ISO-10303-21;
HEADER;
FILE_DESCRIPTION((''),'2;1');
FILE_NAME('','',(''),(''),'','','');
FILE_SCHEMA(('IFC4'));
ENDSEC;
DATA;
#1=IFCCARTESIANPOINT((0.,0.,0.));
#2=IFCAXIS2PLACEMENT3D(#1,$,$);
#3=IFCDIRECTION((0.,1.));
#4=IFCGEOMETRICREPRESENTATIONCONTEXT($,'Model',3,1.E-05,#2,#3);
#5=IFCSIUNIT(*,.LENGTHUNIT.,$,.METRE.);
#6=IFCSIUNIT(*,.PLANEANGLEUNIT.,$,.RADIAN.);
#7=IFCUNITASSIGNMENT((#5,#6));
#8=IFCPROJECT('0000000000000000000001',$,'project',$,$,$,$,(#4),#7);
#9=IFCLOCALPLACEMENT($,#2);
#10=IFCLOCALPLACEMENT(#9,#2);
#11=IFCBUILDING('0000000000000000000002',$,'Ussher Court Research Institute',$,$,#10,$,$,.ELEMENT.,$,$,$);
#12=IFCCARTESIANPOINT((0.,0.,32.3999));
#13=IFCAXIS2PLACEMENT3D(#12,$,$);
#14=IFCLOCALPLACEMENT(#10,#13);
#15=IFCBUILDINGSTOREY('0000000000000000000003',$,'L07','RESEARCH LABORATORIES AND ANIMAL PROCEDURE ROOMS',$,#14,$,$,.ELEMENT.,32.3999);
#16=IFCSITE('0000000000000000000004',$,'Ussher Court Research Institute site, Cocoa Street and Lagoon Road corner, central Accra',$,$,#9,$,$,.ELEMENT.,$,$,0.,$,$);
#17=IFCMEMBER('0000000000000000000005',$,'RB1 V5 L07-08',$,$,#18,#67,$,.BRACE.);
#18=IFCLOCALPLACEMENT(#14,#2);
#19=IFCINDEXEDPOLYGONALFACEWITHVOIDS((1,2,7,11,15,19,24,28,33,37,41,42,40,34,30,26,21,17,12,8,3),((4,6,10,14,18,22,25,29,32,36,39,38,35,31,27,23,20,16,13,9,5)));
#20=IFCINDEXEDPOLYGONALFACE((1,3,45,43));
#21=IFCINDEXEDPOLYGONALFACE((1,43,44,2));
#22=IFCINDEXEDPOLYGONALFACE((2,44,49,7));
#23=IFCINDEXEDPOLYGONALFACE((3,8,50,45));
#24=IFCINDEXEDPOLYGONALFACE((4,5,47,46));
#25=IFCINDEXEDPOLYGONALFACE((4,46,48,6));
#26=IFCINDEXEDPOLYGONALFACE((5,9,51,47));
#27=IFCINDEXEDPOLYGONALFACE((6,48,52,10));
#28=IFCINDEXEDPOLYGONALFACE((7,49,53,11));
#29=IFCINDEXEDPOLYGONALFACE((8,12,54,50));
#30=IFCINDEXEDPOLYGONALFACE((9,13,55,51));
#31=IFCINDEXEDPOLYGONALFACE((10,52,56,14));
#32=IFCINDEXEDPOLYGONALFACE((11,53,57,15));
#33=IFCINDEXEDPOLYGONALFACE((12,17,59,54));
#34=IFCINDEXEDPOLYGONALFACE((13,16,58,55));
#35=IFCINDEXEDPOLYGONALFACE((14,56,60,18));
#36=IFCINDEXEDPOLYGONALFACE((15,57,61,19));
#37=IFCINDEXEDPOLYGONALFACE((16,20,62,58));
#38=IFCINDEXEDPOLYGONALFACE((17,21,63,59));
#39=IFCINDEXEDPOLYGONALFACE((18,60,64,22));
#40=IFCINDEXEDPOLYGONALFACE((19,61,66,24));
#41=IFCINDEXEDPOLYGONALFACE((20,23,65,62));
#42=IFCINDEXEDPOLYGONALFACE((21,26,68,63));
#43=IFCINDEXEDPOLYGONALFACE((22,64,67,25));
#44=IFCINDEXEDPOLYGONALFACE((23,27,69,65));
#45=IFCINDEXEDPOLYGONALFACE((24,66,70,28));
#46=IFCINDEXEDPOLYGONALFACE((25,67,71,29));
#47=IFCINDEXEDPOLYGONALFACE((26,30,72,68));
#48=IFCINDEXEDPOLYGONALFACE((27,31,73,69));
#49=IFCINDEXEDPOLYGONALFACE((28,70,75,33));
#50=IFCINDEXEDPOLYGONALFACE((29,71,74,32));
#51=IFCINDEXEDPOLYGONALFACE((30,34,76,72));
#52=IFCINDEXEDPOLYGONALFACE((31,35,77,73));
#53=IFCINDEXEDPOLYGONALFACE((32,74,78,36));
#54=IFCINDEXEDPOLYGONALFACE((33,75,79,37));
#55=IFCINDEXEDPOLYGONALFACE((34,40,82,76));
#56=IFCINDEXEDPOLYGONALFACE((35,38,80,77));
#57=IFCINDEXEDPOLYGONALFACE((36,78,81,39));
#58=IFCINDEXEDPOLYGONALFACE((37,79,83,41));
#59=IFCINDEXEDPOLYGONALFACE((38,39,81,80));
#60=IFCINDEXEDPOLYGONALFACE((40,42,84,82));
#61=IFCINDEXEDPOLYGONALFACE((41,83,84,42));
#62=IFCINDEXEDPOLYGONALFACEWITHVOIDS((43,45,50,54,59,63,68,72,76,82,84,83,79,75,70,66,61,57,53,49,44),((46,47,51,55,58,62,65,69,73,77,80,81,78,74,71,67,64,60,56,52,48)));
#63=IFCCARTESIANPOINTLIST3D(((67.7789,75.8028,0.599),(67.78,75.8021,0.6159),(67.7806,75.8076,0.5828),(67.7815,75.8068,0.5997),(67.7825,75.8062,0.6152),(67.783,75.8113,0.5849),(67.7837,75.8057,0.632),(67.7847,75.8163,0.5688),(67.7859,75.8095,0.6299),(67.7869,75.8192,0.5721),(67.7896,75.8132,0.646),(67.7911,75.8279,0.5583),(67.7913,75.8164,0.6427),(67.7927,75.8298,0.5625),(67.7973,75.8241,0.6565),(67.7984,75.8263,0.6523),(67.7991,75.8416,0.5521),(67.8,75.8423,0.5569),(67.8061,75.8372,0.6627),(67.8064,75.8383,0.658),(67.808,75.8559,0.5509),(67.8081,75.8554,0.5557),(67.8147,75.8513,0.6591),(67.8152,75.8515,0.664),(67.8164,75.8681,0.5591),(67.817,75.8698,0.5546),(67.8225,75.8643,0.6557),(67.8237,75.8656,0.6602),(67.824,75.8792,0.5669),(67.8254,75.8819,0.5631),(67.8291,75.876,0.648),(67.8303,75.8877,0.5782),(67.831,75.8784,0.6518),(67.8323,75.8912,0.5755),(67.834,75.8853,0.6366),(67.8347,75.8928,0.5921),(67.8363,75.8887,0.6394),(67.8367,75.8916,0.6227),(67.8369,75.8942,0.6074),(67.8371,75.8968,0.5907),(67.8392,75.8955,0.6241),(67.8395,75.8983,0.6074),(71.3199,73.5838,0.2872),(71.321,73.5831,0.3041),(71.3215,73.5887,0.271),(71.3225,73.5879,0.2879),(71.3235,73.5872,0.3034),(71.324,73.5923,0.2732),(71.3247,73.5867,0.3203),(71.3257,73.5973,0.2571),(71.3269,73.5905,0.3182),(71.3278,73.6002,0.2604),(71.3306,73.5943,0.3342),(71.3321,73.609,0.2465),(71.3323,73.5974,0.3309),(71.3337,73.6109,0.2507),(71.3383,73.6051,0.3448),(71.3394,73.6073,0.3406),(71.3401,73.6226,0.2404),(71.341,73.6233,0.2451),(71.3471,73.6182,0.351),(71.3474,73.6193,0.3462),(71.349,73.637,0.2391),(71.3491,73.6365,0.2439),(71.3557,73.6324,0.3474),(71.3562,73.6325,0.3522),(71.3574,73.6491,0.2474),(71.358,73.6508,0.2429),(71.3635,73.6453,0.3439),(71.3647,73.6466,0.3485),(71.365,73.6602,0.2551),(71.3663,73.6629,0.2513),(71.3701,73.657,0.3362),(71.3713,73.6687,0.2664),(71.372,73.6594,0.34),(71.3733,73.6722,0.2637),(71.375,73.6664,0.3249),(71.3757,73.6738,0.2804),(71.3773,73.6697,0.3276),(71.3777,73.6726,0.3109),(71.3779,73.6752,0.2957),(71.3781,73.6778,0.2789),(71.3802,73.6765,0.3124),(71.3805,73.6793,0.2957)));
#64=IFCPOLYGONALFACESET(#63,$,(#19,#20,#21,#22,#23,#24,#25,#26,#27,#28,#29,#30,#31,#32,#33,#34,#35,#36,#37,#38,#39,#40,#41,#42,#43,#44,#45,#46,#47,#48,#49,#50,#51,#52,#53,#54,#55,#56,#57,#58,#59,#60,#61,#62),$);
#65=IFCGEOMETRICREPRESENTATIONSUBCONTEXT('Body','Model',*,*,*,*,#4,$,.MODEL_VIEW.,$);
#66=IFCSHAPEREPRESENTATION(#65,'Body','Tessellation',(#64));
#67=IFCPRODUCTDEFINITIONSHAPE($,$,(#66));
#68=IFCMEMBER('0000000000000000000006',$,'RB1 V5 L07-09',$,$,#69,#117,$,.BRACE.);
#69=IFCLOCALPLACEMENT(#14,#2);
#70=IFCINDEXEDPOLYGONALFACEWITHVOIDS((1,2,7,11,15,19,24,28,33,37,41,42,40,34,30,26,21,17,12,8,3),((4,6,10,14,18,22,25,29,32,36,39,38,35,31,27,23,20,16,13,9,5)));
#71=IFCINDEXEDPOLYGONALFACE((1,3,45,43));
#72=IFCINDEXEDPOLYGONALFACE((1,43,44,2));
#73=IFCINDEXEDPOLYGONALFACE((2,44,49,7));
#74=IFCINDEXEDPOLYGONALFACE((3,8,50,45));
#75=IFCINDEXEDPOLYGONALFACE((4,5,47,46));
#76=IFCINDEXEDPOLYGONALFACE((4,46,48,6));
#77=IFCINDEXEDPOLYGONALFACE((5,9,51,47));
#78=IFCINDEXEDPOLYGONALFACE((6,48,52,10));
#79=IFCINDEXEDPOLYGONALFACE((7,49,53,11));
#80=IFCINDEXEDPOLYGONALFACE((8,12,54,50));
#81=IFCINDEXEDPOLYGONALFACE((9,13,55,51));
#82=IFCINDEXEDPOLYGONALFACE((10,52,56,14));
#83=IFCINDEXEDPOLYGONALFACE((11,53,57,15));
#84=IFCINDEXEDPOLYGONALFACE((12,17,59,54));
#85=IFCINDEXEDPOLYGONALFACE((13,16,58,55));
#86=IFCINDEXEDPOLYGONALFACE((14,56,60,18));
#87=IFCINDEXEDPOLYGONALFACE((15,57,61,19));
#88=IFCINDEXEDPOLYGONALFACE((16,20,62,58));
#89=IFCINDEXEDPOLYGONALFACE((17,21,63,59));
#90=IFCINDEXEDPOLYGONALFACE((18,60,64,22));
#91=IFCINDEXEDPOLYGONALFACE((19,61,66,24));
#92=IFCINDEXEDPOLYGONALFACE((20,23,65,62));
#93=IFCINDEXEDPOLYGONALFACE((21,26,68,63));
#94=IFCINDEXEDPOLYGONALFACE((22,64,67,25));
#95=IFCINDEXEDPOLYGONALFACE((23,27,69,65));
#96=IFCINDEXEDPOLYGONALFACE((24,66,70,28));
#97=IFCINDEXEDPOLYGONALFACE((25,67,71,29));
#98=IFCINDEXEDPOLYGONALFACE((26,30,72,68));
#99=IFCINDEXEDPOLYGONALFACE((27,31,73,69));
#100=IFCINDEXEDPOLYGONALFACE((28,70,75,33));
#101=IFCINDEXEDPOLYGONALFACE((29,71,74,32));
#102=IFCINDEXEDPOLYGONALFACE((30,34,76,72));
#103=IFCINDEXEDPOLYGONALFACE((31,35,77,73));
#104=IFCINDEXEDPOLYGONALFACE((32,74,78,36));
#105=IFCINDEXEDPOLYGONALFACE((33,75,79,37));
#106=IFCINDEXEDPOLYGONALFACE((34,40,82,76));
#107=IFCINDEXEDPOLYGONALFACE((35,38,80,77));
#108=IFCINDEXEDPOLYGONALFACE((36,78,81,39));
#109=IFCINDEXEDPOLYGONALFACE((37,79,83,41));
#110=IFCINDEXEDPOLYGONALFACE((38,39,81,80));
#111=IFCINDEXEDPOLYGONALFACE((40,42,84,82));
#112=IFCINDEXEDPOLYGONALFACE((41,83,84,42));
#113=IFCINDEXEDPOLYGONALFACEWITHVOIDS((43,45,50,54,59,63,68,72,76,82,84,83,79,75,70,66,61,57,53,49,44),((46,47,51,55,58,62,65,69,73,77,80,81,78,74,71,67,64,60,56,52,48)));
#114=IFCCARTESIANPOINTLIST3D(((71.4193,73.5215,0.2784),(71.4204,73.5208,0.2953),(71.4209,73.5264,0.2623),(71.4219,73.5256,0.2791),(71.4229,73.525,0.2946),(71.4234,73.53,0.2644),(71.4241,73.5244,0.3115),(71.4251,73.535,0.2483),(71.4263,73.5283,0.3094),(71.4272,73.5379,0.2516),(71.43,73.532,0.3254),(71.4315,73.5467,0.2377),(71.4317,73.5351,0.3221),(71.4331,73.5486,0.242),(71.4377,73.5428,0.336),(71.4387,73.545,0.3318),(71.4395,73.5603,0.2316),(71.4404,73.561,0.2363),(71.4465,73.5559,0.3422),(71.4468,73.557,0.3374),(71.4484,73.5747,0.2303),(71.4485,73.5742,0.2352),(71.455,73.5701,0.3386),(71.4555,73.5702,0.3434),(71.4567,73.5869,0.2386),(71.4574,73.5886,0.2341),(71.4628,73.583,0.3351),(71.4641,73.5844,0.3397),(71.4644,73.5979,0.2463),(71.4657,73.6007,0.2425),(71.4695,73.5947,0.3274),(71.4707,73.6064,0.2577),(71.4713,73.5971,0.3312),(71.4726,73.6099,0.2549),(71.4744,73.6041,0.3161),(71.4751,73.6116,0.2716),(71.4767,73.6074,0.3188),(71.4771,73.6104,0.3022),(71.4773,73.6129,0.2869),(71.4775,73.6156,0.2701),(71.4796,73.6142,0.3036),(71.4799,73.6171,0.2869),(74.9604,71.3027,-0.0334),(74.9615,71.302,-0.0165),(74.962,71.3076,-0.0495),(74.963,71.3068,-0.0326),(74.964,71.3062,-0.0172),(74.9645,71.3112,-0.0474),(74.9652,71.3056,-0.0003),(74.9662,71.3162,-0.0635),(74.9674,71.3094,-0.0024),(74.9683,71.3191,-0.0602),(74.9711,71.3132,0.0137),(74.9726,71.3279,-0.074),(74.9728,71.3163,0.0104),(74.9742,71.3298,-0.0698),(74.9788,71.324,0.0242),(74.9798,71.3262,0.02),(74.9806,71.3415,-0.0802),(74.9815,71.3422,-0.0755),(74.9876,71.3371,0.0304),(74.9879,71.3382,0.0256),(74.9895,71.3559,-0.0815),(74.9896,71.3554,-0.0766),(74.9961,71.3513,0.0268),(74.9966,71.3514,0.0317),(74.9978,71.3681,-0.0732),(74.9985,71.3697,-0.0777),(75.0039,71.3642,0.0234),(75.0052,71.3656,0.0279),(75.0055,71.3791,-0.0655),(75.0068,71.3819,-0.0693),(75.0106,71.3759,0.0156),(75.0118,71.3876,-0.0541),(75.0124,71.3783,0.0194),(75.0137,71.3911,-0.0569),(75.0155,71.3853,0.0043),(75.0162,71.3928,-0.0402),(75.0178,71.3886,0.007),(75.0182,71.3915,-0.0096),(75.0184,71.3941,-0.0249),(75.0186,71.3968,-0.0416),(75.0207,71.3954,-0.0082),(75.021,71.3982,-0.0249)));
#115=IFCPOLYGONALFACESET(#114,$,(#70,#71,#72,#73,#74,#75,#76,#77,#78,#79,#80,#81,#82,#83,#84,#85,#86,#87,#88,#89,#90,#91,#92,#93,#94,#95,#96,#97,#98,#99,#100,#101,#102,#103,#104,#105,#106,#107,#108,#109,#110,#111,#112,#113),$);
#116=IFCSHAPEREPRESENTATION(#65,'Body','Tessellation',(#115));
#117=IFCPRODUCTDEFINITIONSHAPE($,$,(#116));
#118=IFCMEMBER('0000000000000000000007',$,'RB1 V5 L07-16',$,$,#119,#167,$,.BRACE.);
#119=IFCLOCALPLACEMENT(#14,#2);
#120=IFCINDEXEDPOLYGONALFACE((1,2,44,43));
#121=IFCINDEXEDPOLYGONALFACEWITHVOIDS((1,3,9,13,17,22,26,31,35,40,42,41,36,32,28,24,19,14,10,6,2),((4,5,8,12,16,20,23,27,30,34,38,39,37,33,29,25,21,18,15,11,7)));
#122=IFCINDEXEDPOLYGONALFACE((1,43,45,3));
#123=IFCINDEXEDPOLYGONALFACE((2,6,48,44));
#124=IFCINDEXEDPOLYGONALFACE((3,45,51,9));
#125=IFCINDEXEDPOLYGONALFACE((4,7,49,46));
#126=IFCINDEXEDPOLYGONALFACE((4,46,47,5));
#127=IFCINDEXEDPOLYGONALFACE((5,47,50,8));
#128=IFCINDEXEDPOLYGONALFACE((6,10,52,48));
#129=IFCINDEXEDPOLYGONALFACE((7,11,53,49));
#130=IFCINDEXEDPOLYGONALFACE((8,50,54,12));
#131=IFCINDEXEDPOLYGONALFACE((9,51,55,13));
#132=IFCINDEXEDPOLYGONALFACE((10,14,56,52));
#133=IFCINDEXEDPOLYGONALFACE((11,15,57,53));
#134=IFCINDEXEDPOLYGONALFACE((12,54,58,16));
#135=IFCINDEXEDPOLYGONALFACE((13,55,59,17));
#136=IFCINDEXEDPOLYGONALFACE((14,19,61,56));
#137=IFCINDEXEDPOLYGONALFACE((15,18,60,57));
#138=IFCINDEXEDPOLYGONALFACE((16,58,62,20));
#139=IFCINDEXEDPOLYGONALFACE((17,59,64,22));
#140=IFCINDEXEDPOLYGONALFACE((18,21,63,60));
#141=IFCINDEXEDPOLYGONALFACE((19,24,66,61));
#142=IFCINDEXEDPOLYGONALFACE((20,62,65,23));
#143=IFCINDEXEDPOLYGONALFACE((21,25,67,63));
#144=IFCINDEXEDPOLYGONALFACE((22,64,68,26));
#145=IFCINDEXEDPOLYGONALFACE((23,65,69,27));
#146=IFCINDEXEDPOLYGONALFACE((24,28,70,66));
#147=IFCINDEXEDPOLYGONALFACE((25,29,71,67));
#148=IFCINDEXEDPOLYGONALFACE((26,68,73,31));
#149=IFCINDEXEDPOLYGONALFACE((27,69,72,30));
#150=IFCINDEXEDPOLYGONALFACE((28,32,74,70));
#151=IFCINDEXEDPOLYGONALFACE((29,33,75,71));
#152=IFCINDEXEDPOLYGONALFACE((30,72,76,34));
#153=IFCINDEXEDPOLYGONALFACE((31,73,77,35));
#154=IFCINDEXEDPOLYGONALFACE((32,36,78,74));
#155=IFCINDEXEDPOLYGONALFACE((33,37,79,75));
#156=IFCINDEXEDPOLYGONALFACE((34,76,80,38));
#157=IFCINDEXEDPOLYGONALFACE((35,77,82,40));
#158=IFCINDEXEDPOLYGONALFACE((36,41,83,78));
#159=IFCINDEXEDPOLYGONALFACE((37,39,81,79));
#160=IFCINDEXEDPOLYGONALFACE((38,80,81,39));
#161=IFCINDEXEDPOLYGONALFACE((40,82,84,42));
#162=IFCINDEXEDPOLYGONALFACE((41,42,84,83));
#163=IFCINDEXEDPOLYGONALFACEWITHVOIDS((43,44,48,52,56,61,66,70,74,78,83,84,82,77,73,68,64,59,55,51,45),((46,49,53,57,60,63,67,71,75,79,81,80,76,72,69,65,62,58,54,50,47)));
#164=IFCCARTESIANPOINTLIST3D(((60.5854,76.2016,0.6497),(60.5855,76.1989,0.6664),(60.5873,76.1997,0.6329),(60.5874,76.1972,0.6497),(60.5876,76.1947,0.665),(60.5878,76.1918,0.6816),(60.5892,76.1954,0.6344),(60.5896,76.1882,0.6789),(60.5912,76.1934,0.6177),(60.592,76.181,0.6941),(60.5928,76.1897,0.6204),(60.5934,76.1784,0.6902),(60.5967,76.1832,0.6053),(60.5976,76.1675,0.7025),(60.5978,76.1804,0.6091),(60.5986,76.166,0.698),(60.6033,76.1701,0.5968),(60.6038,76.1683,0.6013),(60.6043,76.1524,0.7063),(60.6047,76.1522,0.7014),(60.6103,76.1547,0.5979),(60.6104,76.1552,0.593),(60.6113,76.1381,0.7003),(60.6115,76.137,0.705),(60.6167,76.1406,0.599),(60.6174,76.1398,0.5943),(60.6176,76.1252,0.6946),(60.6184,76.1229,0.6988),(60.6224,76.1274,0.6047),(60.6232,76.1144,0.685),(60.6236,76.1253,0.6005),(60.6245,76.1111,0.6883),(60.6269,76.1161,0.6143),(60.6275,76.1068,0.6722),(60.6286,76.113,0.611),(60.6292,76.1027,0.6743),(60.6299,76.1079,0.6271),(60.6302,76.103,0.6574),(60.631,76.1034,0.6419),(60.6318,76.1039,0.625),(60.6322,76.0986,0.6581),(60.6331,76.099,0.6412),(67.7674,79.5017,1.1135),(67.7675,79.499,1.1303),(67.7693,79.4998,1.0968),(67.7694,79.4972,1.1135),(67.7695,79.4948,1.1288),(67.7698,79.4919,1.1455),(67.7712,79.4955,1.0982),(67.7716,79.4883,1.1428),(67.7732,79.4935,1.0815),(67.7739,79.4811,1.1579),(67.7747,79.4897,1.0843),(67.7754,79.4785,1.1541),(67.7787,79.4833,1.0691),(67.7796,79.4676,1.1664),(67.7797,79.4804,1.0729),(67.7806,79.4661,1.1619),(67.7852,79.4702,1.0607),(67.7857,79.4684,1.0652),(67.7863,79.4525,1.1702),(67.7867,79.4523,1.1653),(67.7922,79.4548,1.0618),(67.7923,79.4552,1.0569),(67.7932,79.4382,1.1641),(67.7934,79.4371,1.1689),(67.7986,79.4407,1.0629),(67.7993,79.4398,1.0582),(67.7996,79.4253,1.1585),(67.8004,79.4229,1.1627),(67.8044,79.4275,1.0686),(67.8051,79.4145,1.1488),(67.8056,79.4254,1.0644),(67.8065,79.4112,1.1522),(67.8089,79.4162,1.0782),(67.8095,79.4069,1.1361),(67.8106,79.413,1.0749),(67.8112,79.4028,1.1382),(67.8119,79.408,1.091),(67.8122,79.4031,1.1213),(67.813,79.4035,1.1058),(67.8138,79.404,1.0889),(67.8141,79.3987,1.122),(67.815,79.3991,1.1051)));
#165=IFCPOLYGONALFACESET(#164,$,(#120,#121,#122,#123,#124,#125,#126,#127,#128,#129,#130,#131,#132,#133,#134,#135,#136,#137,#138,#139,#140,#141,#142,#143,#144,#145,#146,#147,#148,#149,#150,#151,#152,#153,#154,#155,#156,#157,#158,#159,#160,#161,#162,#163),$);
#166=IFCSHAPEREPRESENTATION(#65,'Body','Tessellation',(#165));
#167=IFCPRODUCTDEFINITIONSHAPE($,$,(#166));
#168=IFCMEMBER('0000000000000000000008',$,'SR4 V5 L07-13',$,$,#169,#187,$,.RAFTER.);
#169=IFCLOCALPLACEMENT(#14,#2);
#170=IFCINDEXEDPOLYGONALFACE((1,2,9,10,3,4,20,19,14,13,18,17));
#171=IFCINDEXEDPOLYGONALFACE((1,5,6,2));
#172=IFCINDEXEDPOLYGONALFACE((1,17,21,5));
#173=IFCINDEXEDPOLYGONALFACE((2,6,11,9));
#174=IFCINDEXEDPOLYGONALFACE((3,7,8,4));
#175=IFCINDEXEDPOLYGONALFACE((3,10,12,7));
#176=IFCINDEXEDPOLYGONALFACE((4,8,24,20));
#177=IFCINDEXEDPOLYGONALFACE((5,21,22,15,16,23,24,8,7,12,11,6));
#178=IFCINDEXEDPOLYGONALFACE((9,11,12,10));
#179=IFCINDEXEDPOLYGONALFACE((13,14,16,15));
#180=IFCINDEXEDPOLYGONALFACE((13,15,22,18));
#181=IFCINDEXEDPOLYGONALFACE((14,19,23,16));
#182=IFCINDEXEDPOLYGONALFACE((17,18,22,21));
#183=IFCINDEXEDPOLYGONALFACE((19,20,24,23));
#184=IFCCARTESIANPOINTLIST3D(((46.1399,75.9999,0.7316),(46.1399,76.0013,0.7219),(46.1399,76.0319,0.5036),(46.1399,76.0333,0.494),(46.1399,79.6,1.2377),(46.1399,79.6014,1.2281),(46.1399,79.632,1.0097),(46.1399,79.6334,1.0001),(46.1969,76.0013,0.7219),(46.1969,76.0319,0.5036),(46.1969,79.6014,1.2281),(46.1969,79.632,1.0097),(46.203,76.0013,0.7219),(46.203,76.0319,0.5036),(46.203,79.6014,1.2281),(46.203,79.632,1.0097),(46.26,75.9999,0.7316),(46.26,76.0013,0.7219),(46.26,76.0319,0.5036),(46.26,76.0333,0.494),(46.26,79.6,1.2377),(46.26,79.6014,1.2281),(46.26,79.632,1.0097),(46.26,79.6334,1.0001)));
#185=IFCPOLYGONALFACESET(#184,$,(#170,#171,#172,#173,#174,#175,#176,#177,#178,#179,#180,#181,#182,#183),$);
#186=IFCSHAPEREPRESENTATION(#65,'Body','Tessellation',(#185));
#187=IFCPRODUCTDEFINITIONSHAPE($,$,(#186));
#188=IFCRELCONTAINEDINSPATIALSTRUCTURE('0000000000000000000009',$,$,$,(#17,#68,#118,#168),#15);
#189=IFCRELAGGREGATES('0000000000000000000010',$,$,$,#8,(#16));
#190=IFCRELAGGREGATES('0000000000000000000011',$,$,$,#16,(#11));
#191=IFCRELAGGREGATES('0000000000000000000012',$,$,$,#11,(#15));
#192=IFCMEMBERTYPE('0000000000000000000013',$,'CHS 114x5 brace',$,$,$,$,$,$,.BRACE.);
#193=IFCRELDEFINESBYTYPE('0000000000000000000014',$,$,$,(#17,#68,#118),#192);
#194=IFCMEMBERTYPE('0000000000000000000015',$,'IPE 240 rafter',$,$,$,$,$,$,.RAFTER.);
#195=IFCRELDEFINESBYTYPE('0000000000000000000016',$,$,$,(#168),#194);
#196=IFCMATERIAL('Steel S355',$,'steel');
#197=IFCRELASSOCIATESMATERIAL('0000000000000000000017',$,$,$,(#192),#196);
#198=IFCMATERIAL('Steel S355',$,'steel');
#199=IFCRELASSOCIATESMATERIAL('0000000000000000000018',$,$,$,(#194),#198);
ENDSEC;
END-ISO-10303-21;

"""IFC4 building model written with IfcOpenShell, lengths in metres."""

from ifc_helpers import new_model, si_unit, direction, frame, origin, origin_2d, place, context, subcontext, project, spatial, hollow_circle, i_section, extrude, material, material_profile, profile_set, type_object, element, save


model = new_model("IFC4")

# Units and contexts
model_context = context("Model", 3, precision=1e-05, world=origin(), true_north=direction((0.0, 1.0)))
body_context = subcontext(model_context, "Body", "Model", "MODEL_VIEW")
ifc_project = project(units=[si_unit("LENGTHUNIT", "METRE"), si_unit("PLANEANGLEUNIT", "RADIAN")], contexts=[model_context])

# Site, building, storey
site_placement = place(None, origin())
site = spatial("IfcSite", under=ifc_project, at=site_placement, Name="Ussher Court Research Institute site, Cocoa Street and Lagoon Road corner, central Accra", CompositionType="ELEMENT", RefElevation=0.0)
building_placement = place(site_placement, origin())
building = spatial("IfcBuilding", under=site, at=building_placement, Name="Ussher Court Research Institute", CompositionType="ELEMENT")
storey_placement = place(building_placement, frame((0.0, 0.0, 32.3999)))
storey = spatial("IfcBuildingStorey", under=building, at=storey_placement, Name="L07", Description="RESEARCH LABORATORIES AND ANIMAL PROCEDURE ROOMS", CompositionType="ELEMENT", Elevation=32.3999)

# Members
ifc_material_1 = material(Name="Steel S355", Category="steel")
ifc_material_profile_1 = material_profile(ifc_material_1, hollow_circle(Radius=0.0569, WallThickness=0.0049, at=origin_2d()), Name="CHS 114x5")
ifc_profile_set_1 = profile_set([ifc_material_profile_1], Name="Steel S355")
member_type_1 = type_object("IfcMemberType", Name="CHS 114x5 brace", PredefinedType="BRACE", material=ifc_profile_set_1)
for number, where, z_axis, x_axis, name in (
    (1, (67.8093, 75.8501, 0.6074), (0.845019, -0.529535, -0.074399), (0.531007, 0.847368, 0.0), "RB1 V5 L07-08"),
    (2, (71.4497, 73.5688, 0.2869), (0.845045, -0.529493, -0.074402), (0.530965, 0.847394, 0.0), "RB1 V5 L07-09"),
):
    element("IfcMember", number, at=place(storey_placement, frame(where, z_axis=z_axis, x_axis=x_axis)), inside=storey, type_object=member_type_1, Name=name, PredefinedType="BRACE", context=body_context, shape_type="SweptSolid", body=[
        extrude(hollow_circle(Radius=0.0569, WallThickness=0.0049, at=origin_2d()), origin(), (0.0, 0.0, 1.0), 4.1904),
    ])
member_1_placement = place(storey_placement, frame((60.6091, 76.1499, 0.6497), z_axis=(0.907103, 0.416811, 0.058588), x_axis=(-0.417528, 0.908664, 0.0)))
element("IfcMember", 3, at=member_1_placement, inside=storey, type_object=member_type_1, Name="RB1 V5 L07-16", PredefinedType="BRACE", context=body_context, shape_type="SweptSolid", body=[
    extrude(hollow_circle(Radius=0.0569, WallThickness=0.0049, at=origin_2d()), origin(), (0.0, 0.0, 1.0), 7.9175),
])
ifc_material_2 = material(Name="Steel S355", Category="steel")
ifc_material_profile_2 = material_profile(ifc_material_2, i_section(OverallWidth=0.1201, OverallDepth=0.24, WebThickness=0.0061, FlangeThickness=0.0098, at=origin_2d()), Name="IPE 240")
ifc_profile_set_2 = profile_set([ifc_material_profile_2], Name="Steel S355")
member_type_2 = type_object("IfcMemberType", Name="IPE 240 rafter", PredefinedType="RAFTER", material=ifc_profile_set_2)
for number, where, z_axis, x_axis, name in (
    (4, (46.2, 76.0166, 0.6128), (0.0, 0.990263, 0.139212), (-1.0, 0.0, 0.0), "SR4 V5 L07-13"),
):
    element("IfcMember", number, at=place(storey_placement, frame(where, z_axis=z_axis, x_axis=x_axis)), inside=storey, type_object=member_type_2, Name=name, PredefinedType="RAFTER", context=body_context, shape_type="SweptSolid", body=[
        extrude(i_section(OverallWidth=0.1201, OverallDepth=0.24, WebThickness=0.0061, FlangeThickness=0.0098, at=origin_2d()), origin(), (0.0, 0.0, 1.0), 3.6355),
    ])

save(model, "model.ifc")
